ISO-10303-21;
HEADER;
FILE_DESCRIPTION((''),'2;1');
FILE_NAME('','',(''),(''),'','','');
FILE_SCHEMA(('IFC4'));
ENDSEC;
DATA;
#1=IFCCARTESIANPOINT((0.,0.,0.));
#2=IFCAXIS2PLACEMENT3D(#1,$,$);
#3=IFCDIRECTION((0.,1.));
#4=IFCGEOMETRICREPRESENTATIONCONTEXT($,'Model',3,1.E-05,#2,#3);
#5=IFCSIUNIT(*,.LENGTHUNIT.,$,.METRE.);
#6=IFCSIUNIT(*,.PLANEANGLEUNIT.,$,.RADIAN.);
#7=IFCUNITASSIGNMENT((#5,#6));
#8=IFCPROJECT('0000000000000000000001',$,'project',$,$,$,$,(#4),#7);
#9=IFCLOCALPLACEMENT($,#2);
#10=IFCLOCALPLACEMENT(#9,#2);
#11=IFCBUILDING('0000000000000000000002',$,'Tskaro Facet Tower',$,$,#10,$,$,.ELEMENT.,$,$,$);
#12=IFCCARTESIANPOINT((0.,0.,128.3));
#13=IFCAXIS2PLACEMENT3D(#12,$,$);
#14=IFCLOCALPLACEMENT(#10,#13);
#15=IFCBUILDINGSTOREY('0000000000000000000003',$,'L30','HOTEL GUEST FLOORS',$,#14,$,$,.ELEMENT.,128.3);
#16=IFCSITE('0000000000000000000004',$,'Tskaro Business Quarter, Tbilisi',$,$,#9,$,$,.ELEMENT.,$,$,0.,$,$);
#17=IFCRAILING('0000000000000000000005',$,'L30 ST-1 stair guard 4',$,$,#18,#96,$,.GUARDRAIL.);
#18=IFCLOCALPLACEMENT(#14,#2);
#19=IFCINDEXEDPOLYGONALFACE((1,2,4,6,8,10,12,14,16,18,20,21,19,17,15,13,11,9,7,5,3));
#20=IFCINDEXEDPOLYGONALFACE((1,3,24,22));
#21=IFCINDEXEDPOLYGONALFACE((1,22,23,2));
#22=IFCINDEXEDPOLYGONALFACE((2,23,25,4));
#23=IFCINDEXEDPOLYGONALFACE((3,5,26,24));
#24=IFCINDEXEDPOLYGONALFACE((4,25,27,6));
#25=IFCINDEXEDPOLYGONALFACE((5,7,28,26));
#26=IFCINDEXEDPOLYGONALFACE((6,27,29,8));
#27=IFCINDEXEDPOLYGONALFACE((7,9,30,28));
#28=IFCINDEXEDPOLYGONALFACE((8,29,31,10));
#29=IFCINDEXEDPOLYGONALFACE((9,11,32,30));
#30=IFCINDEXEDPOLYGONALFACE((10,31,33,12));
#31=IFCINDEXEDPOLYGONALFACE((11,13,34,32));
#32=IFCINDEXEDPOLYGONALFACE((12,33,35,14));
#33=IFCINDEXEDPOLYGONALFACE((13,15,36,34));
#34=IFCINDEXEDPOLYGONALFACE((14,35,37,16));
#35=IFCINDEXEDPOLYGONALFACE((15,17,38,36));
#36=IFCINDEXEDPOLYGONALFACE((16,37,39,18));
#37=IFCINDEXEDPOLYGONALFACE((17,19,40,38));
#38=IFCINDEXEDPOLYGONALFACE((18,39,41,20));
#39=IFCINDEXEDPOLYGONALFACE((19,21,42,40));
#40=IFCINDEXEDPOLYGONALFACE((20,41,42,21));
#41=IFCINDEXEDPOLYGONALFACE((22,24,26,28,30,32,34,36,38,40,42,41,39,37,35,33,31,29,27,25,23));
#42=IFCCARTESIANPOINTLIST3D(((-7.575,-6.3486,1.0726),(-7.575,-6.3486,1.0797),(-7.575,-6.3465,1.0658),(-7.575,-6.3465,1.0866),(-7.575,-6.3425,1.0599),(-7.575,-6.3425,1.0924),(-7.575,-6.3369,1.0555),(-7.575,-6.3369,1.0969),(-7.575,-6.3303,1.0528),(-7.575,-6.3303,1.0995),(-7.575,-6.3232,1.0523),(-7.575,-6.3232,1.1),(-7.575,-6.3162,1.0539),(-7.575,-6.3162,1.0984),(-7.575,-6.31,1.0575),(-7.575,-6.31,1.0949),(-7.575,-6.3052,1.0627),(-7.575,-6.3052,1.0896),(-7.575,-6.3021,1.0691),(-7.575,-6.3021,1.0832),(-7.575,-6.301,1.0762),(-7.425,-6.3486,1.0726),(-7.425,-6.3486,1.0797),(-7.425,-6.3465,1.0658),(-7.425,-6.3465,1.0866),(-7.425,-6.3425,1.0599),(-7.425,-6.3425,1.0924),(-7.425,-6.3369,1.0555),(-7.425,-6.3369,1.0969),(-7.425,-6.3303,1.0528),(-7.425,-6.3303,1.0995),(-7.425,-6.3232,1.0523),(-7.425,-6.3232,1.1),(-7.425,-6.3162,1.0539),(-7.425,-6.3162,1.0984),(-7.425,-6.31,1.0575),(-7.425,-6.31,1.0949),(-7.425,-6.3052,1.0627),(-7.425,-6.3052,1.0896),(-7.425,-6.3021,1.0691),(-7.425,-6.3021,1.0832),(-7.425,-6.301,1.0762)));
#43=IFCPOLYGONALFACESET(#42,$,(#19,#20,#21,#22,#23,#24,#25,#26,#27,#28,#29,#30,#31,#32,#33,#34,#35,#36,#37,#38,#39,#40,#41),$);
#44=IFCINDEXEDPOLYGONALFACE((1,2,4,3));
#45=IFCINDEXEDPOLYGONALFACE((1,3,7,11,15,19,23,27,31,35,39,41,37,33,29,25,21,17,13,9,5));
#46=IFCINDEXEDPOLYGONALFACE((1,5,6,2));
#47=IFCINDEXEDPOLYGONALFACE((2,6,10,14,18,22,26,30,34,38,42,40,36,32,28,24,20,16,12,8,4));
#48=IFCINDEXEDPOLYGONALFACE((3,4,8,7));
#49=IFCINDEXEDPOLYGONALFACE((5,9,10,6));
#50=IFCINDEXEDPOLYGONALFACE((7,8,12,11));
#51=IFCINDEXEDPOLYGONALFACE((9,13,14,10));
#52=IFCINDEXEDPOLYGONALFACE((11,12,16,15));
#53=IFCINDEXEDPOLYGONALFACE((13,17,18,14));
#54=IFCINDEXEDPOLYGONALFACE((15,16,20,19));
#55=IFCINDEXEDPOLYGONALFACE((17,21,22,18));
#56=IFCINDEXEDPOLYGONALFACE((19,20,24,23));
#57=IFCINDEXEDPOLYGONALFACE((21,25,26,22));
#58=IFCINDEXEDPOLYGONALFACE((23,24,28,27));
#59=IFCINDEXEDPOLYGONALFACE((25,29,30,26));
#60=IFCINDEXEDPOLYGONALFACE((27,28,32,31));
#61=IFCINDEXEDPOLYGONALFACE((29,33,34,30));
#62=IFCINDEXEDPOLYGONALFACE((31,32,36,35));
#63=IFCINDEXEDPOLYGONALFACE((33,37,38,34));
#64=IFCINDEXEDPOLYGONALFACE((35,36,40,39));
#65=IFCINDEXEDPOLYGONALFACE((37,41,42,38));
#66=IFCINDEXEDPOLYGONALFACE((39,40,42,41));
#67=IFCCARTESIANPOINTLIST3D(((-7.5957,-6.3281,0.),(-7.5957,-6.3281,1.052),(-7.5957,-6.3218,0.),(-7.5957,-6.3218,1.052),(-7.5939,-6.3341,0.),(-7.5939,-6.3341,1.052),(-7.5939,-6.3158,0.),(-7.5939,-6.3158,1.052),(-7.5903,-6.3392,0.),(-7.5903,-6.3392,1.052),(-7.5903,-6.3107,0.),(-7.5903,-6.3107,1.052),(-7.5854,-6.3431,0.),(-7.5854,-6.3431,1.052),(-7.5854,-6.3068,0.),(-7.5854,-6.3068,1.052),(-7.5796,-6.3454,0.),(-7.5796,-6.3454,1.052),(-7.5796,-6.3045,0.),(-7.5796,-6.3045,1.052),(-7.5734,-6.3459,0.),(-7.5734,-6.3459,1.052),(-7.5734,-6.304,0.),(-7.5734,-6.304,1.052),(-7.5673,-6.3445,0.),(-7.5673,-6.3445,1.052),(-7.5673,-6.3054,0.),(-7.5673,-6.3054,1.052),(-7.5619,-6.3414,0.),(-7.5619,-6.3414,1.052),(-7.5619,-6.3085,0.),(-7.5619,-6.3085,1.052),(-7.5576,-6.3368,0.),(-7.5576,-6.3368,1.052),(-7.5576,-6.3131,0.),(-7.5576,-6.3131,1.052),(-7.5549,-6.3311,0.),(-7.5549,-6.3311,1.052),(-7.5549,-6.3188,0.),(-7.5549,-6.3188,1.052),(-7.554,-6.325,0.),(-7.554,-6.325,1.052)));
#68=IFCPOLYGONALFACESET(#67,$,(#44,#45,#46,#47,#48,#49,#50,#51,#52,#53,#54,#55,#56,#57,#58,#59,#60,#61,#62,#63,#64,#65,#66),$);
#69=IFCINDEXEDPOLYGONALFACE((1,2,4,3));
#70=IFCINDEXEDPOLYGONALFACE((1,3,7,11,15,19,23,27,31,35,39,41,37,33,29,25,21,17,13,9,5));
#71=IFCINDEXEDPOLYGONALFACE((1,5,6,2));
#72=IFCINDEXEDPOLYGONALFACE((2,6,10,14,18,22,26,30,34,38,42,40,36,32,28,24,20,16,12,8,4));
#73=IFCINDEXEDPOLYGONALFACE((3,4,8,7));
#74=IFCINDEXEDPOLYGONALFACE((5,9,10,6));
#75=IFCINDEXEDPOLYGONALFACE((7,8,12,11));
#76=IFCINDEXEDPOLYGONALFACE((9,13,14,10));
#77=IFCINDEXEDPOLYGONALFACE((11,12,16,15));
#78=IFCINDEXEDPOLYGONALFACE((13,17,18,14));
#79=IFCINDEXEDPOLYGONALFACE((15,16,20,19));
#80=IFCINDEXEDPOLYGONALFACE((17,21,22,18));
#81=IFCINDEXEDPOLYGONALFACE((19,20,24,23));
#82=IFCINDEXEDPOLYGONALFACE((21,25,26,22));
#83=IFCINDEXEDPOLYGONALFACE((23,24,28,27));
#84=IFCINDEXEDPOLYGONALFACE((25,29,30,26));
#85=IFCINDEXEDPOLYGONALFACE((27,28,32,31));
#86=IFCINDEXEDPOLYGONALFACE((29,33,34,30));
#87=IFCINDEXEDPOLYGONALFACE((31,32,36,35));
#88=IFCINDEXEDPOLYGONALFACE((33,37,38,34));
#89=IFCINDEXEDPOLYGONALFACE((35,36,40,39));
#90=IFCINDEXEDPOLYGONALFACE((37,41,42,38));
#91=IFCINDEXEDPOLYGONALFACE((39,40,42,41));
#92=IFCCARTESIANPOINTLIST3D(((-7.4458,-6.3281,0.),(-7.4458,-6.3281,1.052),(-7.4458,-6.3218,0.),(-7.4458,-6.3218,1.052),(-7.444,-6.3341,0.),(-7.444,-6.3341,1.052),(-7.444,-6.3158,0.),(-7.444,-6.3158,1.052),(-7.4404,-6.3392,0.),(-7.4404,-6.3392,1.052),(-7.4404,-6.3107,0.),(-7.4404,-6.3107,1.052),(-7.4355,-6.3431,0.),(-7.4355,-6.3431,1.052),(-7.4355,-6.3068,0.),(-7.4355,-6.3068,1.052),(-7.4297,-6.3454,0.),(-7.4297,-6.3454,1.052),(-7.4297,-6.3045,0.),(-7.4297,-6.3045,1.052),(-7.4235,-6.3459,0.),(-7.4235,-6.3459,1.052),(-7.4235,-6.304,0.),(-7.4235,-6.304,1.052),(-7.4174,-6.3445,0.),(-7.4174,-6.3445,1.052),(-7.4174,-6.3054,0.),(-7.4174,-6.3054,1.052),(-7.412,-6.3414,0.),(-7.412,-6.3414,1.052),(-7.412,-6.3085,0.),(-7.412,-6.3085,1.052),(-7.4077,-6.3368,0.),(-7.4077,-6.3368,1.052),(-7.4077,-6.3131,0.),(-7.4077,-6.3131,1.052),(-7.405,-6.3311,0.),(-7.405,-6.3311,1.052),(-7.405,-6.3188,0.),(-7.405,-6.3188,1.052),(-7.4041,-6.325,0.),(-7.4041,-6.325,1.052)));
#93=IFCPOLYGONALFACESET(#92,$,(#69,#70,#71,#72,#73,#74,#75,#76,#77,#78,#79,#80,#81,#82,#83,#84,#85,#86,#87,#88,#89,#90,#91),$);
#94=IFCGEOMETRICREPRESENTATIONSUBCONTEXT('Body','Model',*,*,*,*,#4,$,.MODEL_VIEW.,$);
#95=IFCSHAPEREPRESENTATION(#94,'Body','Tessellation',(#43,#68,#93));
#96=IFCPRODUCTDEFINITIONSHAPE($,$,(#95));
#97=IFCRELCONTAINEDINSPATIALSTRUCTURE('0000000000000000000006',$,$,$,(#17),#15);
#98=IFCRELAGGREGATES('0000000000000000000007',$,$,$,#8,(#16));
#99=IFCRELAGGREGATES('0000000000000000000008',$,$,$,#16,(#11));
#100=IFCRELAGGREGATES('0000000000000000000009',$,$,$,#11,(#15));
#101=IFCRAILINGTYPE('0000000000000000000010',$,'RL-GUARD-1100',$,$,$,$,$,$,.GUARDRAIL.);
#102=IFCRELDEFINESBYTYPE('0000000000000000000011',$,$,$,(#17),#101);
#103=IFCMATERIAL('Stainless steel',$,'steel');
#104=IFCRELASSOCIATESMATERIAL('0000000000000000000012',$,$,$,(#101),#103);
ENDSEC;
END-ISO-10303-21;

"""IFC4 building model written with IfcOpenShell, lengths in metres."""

from ifc_helpers import new_model, si_unit, direction, frame, origin, origin_2d, place, context, subcontext, project, spatial, circle, extrude, material, type_object, element, save


model = new_model("IFC4")

# Units and contexts
model_context = context("Model", 3, precision=1e-05, world=origin(), true_north=direction((0.0, 1.0)))
body_context = subcontext(model_context, "Body", "Model", "MODEL_VIEW")
ifc_project = project(units=[si_unit("LENGTHUNIT", "METRE"), si_unit("PLANEANGLEUNIT", "RADIAN")], contexts=[model_context])

# Site, building, storey
site_placement = place(None, origin())
site = spatial("IfcSite", under=ifc_project, at=site_placement, Name="Tskaro Business Quarter, Tbilisi", CompositionType="ELEMENT", RefElevation=0.0)
building_placement = place(site_placement, origin())
building = spatial("IfcBuilding", under=site, at=building_placement, Name="Tskaro Facet Tower", CompositionType="ELEMENT")
storey_placement = place(building_placement, frame((0.0, 0.0, 128.3)))
storey = spatial("IfcBuildingStorey", under=building, at=storey_placement, Name="L30", Description="HOTEL GUEST FLOORS", CompositionType="ELEMENT", Elevation=128.3)

# Shared definitions
ifc_material_1 = material(Name="Stainless steel", Category="steel")

# Railing
railing_type_1 = type_object("IfcRailingType", Name="RL-GUARD-1100", PredefinedType="GUARDRAIL", material=ifc_material_1)
railing_1_placement = place(storey_placement, frame((-7.575, -6.325, 0.0)))
element("IfcRailing", 1, at=railing_1_placement, inside=storey, type_object=railing_type_1, Name="L30 ST-1 stair guard 4", PredefinedType="GUARDRAIL", context=body_context, shape_type="SweptSolid", body=[
    extrude(circle(Radius=0.0239, at=origin_2d()), frame((0.0, 0.0, 1.0762), z_axis=(1.0, 0.0, 0.0), x_axis=(0.0, 1.0, 0.0)), (0.0, 0.0, 1.0), 0.1499),
    extrude(circle(Radius=0.021, at=origin_2d()), origin(), (0.0, 0.0, 1.0), 1.052),
    extrude(circle(Radius=0.021, at=origin_2d()), frame((0.1499, 0.0, 0.0)), (0.0, 0.0, 1.0), 1.052),
])

save(model, "model.ifc")
